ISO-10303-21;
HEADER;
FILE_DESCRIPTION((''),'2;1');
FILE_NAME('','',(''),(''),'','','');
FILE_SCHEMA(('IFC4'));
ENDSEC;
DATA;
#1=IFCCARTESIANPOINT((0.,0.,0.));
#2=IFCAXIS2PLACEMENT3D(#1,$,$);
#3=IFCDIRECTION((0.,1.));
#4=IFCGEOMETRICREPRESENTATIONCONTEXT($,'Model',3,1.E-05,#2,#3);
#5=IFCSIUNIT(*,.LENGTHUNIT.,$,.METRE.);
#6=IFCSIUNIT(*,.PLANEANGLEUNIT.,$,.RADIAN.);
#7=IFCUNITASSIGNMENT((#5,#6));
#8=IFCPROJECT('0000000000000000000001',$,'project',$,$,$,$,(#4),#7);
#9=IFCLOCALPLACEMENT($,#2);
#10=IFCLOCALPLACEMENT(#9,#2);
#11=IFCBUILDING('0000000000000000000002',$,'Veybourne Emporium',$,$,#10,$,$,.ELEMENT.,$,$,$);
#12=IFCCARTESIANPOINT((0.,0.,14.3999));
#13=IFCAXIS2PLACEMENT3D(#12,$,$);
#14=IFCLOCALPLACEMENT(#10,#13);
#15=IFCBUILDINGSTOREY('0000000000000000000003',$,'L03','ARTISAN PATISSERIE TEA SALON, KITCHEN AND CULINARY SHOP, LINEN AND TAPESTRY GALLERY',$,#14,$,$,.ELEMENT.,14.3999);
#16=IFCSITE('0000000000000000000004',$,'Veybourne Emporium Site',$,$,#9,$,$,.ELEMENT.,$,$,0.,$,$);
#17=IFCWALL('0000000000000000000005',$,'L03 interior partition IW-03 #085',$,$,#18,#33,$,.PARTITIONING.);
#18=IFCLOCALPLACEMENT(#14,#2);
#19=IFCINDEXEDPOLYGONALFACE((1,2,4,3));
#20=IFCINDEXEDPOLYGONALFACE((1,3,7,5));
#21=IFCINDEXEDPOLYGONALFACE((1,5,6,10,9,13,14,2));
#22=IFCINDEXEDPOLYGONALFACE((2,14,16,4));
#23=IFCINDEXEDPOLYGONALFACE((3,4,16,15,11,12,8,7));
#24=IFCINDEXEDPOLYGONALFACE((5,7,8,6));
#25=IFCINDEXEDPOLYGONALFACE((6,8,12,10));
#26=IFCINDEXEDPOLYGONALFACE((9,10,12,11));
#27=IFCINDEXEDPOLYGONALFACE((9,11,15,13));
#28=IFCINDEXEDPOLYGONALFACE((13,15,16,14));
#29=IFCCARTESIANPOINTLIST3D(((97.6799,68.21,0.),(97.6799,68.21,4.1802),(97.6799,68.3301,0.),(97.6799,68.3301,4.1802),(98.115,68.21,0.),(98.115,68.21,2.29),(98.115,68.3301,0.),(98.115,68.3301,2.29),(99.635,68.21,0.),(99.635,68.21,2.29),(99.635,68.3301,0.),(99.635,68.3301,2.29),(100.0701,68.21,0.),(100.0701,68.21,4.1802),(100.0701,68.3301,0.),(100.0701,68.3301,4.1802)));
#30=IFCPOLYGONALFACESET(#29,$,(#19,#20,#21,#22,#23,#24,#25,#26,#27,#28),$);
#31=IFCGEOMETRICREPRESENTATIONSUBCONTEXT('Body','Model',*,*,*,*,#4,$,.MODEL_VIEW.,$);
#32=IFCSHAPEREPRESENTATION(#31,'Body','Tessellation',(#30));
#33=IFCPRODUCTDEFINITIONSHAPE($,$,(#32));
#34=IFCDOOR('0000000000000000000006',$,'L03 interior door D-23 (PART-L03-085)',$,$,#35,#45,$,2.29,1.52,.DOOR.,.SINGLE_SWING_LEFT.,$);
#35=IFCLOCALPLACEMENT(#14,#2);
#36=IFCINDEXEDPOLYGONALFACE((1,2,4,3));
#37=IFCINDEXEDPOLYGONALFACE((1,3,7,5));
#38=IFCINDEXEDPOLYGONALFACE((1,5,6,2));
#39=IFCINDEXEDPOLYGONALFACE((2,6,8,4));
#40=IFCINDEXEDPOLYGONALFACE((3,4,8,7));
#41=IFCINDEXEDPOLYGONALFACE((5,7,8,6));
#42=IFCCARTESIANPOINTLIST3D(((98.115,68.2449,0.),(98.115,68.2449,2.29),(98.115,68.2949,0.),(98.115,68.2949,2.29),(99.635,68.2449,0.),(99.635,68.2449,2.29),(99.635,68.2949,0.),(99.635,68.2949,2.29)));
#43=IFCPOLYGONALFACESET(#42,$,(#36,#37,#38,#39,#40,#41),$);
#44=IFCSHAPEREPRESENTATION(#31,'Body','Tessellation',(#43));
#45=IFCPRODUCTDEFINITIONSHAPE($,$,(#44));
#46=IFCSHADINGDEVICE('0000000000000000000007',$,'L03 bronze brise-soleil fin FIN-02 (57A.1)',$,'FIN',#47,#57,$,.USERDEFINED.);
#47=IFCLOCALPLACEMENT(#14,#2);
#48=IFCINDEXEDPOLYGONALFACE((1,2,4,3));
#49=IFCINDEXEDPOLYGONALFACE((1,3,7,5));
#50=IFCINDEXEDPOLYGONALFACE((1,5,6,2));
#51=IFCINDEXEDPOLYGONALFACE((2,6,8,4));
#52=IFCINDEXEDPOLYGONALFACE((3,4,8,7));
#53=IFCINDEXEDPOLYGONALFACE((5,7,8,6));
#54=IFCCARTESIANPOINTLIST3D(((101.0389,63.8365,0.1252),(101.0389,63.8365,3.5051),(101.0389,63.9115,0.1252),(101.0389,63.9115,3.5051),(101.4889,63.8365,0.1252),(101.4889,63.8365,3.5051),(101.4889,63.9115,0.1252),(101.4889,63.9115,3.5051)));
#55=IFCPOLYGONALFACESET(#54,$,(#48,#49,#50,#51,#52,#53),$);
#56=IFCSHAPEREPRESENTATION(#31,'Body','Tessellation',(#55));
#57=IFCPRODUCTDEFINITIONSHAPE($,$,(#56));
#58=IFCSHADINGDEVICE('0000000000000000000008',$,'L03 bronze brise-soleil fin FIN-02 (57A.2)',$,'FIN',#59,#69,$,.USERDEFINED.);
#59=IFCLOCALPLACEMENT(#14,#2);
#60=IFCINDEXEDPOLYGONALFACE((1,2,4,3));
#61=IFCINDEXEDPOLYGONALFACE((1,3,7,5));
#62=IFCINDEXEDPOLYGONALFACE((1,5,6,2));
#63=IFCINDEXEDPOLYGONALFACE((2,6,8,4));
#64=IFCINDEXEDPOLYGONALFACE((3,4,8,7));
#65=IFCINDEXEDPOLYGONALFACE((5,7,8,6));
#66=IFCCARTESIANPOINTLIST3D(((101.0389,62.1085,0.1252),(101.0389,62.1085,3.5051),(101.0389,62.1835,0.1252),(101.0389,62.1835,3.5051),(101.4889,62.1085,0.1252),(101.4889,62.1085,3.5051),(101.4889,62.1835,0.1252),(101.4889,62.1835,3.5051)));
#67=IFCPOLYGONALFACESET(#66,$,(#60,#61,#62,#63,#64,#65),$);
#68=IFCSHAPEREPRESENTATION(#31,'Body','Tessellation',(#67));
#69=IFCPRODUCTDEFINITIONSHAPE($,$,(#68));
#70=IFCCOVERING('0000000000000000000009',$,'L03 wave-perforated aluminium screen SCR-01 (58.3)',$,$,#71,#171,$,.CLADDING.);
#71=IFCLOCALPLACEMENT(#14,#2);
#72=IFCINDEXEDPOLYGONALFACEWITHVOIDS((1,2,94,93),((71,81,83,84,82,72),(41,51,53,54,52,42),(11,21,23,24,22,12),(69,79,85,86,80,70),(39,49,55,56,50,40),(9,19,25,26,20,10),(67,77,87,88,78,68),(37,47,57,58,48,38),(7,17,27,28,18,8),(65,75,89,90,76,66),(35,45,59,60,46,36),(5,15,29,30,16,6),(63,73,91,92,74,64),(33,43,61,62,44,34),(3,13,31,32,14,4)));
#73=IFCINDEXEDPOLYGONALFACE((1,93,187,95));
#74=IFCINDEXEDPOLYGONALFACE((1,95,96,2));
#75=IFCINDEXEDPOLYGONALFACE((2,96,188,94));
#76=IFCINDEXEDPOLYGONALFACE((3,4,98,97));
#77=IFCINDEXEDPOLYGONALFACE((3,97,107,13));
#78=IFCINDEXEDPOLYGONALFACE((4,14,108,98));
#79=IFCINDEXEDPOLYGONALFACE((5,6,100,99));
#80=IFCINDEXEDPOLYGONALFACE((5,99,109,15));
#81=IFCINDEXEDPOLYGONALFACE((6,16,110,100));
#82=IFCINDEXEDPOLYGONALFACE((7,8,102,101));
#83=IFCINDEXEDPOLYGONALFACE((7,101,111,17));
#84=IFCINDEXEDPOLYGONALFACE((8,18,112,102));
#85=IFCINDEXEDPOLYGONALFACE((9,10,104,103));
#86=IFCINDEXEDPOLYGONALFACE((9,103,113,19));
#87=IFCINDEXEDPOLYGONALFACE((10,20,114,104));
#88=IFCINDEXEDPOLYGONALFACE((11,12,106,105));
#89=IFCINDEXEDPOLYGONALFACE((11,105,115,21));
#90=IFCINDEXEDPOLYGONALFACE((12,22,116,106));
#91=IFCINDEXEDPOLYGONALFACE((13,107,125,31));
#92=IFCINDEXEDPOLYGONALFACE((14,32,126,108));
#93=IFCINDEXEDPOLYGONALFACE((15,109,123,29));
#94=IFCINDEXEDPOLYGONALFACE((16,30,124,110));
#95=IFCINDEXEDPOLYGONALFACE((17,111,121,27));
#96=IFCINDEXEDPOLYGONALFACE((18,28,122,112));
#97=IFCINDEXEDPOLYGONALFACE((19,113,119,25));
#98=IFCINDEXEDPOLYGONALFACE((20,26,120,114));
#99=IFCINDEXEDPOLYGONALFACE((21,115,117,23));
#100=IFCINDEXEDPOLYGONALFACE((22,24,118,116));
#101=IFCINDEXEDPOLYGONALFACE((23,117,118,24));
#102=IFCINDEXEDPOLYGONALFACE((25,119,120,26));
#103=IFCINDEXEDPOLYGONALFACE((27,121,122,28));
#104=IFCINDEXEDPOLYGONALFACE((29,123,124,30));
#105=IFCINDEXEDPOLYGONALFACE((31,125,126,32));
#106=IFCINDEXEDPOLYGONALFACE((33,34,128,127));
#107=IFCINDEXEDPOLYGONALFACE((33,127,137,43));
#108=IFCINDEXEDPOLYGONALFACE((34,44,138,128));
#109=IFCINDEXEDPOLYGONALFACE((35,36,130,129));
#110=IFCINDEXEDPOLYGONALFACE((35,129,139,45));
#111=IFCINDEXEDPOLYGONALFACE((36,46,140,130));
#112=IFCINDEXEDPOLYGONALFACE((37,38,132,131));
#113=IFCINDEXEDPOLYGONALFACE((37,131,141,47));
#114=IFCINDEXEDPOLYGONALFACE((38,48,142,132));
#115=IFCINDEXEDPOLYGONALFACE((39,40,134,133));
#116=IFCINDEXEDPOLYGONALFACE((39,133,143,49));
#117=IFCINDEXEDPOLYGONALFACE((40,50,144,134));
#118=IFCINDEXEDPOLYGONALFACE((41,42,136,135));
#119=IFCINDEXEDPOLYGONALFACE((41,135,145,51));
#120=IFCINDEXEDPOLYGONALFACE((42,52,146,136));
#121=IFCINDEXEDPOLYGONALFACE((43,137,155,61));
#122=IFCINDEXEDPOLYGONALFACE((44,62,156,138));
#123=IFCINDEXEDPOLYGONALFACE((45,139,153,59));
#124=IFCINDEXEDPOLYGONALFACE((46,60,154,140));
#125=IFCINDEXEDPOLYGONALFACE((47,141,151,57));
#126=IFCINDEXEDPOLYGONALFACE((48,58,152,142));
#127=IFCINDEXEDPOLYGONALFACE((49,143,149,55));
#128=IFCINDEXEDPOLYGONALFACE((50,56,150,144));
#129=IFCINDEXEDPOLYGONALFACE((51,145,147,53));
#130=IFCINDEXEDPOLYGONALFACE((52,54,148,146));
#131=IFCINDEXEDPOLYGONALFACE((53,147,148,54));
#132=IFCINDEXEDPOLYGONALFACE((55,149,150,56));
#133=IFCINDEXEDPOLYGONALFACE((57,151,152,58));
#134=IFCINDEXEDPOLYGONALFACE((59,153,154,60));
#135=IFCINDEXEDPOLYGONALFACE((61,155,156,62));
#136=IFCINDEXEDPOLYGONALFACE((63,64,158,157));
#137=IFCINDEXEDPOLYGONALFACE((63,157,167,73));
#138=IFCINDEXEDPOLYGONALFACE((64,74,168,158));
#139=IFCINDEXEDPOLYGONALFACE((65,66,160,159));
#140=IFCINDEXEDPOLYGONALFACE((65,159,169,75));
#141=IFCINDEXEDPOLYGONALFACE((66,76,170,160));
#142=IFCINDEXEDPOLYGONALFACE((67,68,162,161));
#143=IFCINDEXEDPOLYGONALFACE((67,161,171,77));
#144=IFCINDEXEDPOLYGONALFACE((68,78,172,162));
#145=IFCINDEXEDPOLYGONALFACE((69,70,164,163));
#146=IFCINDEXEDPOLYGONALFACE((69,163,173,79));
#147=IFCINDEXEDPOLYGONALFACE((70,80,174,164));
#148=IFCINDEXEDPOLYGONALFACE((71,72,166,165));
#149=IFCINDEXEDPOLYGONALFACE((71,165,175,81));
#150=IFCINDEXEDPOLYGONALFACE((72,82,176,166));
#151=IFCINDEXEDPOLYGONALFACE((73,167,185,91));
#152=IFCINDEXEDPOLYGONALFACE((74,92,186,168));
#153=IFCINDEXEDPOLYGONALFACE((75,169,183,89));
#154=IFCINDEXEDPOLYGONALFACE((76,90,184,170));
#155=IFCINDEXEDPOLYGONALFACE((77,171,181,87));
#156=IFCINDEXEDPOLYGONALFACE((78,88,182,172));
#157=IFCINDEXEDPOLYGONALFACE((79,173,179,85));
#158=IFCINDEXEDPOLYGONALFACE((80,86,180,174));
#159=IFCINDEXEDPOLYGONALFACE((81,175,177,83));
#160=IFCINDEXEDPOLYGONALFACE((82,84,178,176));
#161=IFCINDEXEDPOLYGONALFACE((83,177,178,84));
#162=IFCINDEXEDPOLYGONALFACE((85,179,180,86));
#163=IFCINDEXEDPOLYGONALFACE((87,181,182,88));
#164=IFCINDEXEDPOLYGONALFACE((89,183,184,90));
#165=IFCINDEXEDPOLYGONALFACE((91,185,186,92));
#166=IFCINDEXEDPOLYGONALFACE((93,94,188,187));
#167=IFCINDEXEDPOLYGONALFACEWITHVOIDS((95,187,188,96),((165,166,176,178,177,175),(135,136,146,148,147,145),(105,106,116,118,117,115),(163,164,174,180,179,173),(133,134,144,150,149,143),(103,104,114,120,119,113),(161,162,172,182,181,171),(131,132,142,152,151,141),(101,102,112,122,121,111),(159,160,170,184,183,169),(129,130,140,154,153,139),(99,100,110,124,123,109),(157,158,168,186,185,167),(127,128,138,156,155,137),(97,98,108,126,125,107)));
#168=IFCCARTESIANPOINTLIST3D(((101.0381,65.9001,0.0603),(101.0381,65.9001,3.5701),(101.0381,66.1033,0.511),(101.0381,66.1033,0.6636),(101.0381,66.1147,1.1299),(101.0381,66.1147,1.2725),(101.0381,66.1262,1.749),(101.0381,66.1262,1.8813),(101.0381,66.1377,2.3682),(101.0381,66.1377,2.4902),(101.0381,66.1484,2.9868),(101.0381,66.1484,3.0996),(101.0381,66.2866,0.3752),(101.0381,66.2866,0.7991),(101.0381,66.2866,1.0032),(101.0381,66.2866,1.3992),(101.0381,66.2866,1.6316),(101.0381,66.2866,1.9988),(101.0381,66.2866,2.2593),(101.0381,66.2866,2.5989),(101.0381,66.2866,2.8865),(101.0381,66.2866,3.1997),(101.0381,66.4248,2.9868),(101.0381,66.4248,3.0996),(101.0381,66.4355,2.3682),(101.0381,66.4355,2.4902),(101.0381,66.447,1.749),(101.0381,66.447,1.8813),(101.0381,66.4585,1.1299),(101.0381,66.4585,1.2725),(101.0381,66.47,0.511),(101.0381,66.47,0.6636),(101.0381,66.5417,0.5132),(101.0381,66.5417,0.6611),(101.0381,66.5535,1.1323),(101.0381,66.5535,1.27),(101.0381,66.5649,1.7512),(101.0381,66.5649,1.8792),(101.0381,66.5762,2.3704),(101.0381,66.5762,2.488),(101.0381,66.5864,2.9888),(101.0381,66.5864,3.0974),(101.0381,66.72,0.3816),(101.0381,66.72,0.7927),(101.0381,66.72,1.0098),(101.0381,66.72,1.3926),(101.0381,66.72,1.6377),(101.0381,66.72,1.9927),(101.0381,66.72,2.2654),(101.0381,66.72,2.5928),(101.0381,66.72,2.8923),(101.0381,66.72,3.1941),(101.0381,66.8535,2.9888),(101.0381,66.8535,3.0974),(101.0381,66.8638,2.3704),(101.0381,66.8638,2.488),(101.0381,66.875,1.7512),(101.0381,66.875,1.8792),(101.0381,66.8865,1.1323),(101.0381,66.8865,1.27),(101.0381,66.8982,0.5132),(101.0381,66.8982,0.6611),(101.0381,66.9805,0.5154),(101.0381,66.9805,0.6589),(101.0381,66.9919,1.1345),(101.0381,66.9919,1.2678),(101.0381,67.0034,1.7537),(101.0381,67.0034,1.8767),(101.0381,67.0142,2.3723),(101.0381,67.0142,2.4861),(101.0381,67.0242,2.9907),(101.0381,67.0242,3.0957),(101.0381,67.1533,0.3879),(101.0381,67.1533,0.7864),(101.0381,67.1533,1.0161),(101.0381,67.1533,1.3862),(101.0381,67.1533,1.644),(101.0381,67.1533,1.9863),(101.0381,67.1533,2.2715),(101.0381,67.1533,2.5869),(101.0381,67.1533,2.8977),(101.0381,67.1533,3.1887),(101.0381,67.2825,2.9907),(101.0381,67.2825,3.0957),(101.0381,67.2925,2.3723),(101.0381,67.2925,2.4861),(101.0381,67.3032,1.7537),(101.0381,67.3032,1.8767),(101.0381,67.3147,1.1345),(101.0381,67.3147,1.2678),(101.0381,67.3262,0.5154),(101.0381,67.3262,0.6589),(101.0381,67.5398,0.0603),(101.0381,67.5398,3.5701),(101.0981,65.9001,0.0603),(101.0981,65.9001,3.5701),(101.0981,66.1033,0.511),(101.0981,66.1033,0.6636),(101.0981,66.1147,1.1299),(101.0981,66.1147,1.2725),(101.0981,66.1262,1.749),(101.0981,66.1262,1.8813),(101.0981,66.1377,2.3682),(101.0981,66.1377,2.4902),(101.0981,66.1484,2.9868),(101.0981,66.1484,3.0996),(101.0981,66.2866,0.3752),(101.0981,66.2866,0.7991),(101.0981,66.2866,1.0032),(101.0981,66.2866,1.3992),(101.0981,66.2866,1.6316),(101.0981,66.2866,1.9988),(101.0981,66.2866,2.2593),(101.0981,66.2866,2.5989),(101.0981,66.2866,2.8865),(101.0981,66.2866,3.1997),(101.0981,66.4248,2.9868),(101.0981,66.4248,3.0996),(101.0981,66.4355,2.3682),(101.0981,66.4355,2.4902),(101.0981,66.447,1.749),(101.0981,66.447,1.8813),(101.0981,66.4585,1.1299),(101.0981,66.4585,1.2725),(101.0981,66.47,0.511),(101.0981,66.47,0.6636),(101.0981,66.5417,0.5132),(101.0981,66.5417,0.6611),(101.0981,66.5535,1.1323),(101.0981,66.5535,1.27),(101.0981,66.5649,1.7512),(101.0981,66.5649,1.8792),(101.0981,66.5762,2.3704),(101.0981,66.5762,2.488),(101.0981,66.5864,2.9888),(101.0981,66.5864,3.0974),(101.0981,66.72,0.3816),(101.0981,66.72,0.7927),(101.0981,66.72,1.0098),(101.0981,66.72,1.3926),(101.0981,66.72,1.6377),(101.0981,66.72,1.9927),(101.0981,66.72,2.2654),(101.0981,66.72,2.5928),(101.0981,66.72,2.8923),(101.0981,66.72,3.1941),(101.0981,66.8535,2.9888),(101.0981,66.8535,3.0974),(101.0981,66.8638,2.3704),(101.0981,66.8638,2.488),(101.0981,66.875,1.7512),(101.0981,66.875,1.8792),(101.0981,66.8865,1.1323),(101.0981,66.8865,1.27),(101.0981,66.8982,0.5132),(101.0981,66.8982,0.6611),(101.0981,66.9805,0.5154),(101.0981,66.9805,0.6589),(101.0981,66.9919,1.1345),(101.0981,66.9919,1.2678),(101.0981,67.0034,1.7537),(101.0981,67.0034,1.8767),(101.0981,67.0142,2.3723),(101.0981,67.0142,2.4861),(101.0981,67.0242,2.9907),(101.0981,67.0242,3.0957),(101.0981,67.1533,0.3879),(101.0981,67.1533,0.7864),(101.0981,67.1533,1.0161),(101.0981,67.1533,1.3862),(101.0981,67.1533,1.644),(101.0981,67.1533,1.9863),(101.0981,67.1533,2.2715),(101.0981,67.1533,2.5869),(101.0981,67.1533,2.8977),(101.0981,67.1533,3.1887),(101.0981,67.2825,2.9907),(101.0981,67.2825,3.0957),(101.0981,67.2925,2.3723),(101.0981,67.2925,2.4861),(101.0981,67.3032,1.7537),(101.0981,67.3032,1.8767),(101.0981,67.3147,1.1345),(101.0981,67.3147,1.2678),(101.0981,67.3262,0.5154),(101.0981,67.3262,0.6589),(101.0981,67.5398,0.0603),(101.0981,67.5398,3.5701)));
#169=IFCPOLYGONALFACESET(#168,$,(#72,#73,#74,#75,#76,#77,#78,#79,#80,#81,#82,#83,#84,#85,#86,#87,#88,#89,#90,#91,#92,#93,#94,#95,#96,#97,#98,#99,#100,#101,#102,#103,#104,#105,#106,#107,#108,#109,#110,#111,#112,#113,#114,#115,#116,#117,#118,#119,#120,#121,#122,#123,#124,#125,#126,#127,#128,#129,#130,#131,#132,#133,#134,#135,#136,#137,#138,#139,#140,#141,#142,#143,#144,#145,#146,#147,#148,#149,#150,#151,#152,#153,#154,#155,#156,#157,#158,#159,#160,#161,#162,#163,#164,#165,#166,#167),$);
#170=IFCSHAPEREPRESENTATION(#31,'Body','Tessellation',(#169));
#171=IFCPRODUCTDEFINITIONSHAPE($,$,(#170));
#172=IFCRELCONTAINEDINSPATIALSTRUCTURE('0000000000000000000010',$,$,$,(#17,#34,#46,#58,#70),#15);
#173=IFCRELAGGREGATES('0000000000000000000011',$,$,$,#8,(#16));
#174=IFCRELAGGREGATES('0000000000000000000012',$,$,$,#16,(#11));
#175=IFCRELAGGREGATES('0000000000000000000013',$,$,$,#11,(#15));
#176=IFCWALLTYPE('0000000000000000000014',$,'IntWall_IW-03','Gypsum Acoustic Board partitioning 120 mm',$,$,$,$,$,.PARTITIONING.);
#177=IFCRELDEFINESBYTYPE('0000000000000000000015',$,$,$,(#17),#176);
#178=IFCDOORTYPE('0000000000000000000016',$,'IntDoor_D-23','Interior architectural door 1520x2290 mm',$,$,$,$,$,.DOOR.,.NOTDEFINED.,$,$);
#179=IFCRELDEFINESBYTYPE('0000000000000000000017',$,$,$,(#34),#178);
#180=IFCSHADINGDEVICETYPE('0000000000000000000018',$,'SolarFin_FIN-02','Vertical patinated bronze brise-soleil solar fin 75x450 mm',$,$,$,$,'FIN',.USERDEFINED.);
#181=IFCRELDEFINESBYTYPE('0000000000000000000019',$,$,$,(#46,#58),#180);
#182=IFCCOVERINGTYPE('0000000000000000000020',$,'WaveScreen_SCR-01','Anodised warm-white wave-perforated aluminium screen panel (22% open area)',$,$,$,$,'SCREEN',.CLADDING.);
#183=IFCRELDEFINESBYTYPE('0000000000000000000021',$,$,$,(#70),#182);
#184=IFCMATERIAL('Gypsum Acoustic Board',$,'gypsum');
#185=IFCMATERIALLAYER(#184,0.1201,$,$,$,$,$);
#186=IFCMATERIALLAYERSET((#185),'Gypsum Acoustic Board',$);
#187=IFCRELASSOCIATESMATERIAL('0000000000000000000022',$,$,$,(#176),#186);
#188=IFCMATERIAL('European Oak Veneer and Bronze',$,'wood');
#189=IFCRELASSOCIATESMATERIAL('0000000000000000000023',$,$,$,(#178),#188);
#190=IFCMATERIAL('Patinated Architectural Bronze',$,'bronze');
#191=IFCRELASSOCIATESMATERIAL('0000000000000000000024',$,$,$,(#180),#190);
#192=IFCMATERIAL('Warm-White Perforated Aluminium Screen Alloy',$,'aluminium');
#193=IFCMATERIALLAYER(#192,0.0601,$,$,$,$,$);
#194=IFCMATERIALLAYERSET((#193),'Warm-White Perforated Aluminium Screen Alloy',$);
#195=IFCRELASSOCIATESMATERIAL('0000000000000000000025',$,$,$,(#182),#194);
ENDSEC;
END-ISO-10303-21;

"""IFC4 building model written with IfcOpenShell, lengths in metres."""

from ifc_helpers import new_model, si_unit, direction, frame, frame_2d, origin, origin_2d, place, context, subcontext, project, spatial, polyline, rectangle, outline, extrude, material, layer, layer_set, type_object, element, fill, save


model = new_model("IFC4")

# Units and contexts
model_context = context("Model", 3, precision=1e-05, world=origin(), true_north=direction((0.0, 1.0)))
body_context = subcontext(model_context, "Body", "Model", "MODEL_VIEW")
ifc_project = project(units=[si_unit("LENGTHUNIT", "METRE"), si_unit("PLANEANGLEUNIT", "RADIAN")], contexts=[model_context])

# Site, building, storey
site_placement = place(None, origin())
site = spatial("IfcSite", under=ifc_project, at=site_placement, Name="Veybourne Emporium Site", CompositionType="ELEMENT", RefElevation=0.0)
building_placement = place(site_placement, origin())
building = spatial("IfcBuilding", under=site, at=building_placement, Name="Veybourne Emporium", CompositionType="ELEMENT")
storey_placement = place(building_placement, frame((0.0, 0.0, 14.3999)))
storey = spatial("IfcBuildingStorey", under=building, at=storey_placement, Name="L03", Description="ARTISAN PATISSERIE TEA SALON, KITCHEN AND CULINARY SHOP, LINEN AND TAPESTRY GALLERY", CompositionType="ELEMENT", Elevation=14.3999)

# Shared definitions
ifc_material_1 = material(Name="Gypsum Acoustic Board", Category="gypsum")

# Wall, opening, door
ifc_layer_1 = layer(ifc_material_1, 0.1201)
ifc_layer_set_1 = layer_set([ifc_layer_1], Name="Gypsum Acoustic Board")
wall_type_1 = type_object("IfcWallType", Name="IntWall_IW-03", Description="Gypsum Acoustic Board partitioning 120 mm", PredefinedType="PARTITIONING", material=ifc_layer_set_1)
wall_1_placement = place(storey_placement, frame((97.6799, 68.27, 0.0), z_axis=(0.0, 0.0, 1.0), x_axis=(1.0, 0.0, 0.0)))
wall_1 = element("IfcWall", 1, at=wall_1_placement, inside=storey, type_object=wall_type_1, Name="L03 interior partition IW-03 #085", PredefinedType="PARTITIONING", context=body_context, shape_type="SweptSolid", body=[
    extrude(rectangle(XDim=2.3901, YDim=0.1201, at=frame_2d((1.1951, 0.0))), origin(), (0.0, 0.0, 1.0), 4.1802),
])
opening_1_placement = place(wall_1_placement, frame((0.4351, 0.0, 0.0)))
opening_1 = element("IfcOpeningElement", 2, at=opening_1_placement, cuts=wall_1, PredefinedType="OPENING", context=body_context, shape_type="SweptSolid", body=[
    extrude(rectangle(XDim=1.52, YDim=2.29, at=frame_2d((0.76, 1.145))), frame((0.0, 0.0801, 0.0), z_axis=(0.0, -1.0, 0.0), x_axis=(1.0, 0.0, 0.0)), (0.0, 0.0, 1.0), 0.1602),
])
ifc_material_2 = material(Name="European Oak Veneer and Bronze", Category="wood")
door_type = type_object("IfcDoorType", Name="IntDoor_D-23", Description="Interior architectural door 1520x2290 mm", OperationType="NOTDEFINED", PredefinedType="DOOR", material=ifc_material_2)
door_placement = place(opening_1_placement, origin())
door = element("IfcDoor", 3, at=door_placement, inside=storey, type_object=door_type, Name="L03 interior door D-23 (PART-L03-085)", OperationType="SINGLE_SWING_LEFT", OverallHeight=2.29, OverallWidth=1.52, PredefinedType="DOOR", context=body_context, shape_type="SweptSolid", body=[
    extrude(rectangle(XDim=1.52, YDim=2.29, at=frame_2d((0.76, 1.145))), frame((0.0, 0.0249, 0.0), z_axis=(0.0, -1.0, 0.0), x_axis=(1.0, 0.0, 0.0)), (0.0, 0.0, 1.0), 0.05),
])
fill(opening_1, door)

# Shading devices
ifc_material_3 = material(Name="Patinated Architectural Bronze", Category="bronze")
shading_device_type = type_object("IfcShadingDeviceType", Name="SolarFin_FIN-02", Description="Vertical patinated bronze brise-soleil solar fin 75x450 mm", ElementType="FIN", PredefinedType="USERDEFINED", material=ifc_material_3)
for number, where, z_axis, x_axis, name in (
    (4, (101.2639, 63.874, 0.1252), (0.0, 0.0, 1.0), (0.0, -1.0, 0.0), "L03 bronze brise-soleil fin FIN-02 (57A.1)"),
    (5, (101.2639, 62.146, 0.1252), (0.0, 0.0, 1.0), (0.0, -1.0, 0.0), "L03 bronze brise-soleil fin FIN-02 (57A.2)"),
):
    element("IfcShadingDevice", number, at=place(storey_placement, frame(where, z_axis=z_axis, x_axis=x_axis)), inside=storey, type_object=shading_device_type, Name=name, ObjectType="FIN", PredefinedType="USERDEFINED", context=body_context, shape_type="SweptSolid", body=[
        extrude(rectangle(XDim=0.075, YDim=0.45, at=origin_2d()), origin(), (0.0, 0.0, 1.0), 3.3799),
    ])

# Covering
ifc_material_4 = material(Name="Warm-White Perforated Aluminium Screen Alloy", Category="aluminium")
ifc_layer_2 = layer(ifc_material_4, 0.0601)
ifc_layer_set_2 = layer_set([ifc_layer_2], Name="Warm-White Perforated Aluminium Screen Alloy")
covering_type_1 = type_object("IfcCoveringType", Name="WaveScreen_SCR-01", Description="Anodised warm-white wave-perforated aluminium screen panel (22% open area)", ElementType="SCREEN", PredefinedType="CLADDING", material=ifc_layer_set_2)
covering_1_placement = place(storey_placement, frame((101.0981, 66.72, 1.8152), z_axis=(-1.0, 0.0, 0.0), x_axis=(0.0, -1.0, 0.0)))
element("IfcCovering", 6, at=covering_1_placement, inside=storey, type_object=covering_type_1, Name="L03 wave-perforated aluminium screen SCR-01 (58.3)", PredefinedType="CLADDING", context=body_context, shape_type="SweptSolid", body=[
    extrude(outline(polyline([(-0.8198, -1.7549), (0.8198, -1.7549), (0.8198, 1.7549), (-0.8198, 1.7549), (-0.8198, -1.7549)]), holes=[polyline([(-0.4333, -1.0288), (-0.2605, -1.1562), (-0.2605, -1.2998), (-0.4333, -1.4272), (-0.6062, -1.2998), (-0.6062, -1.1562), (-0.4333, -1.0288)]), polyline([(-0.4333, -0.429), (-0.272, -0.5474), (-0.272, -0.6807), (-0.4333, -0.7991), (-0.5947, -0.6807), (-0.5947, -0.5474), (-0.4333, -0.429)]), polyline([(-0.4333, 0.1711), (-0.2834, 0.0615), (-0.2834, -0.0615), (-0.4333, -0.1711), (-0.5833, -0.0615), (-0.5833, 0.0615), (-0.4333, 0.1711)]), polyline([(-0.4333, 0.7717), (-0.2942, 0.6709), (-0.2942, 0.5571), (-0.4333, 0.4563), (-0.5725, 0.5571), (-0.5725, 0.6709), (-0.4333, 0.7717)]), polyline([(-0.4333, 1.3735), (-0.3042, 1.2805), (-0.3042, 1.1755), (-0.4333, 1.0825), (-0.5625, 1.1755), (-0.5625, 1.2805), (-0.4333, 1.3735)]), polyline([(0.0, -1.0225), (0.1782, -1.1541), (0.1782, -1.302), (0.0, -1.4336), (-0.1782, -1.302), (-0.1782, -1.1541), (0.0, -1.0225)]), polyline([(0.0, -0.4226), (0.1665, -0.5452), (0.1665, -0.6829), (0.0, -0.8054), (-0.1665, -0.6829), (-0.1665, -0.5452), (0.0, -0.4226)]), polyline([(0.0, 0.1775), (0.155, 0.064), (0.155, -0.064), (0.0, -0.1775), (-0.155, -0.064), (-0.155, 0.064), (0.0, 0.1775)]), polyline([(0.0, 0.7776), (0.1438, 0.6729), (0.1438, 0.5552), (0.0, 0.4502), (-0.1438, 0.5552), (-0.1438, 0.6729), (0.0, 0.7776)]), polyline([(0.0, 1.3789), (0.1335, 1.2822), (0.1335, 1.1736), (0.0, 1.0771), (-0.1335, 1.1736), (-0.1335, 1.2822), (0.0, 1.3789)]), polyline([(0.4333, -1.0161), (0.6167, -1.1516), (0.6167, -1.3042), (0.4333, -1.4399), (0.25, -1.3042), (0.25, -1.1516), (0.4333, -1.0161)]), polyline([(0.4333, -0.416), (0.6052, -0.5427), (0.6052, -0.6853), (0.4333, -0.812), (0.2615, -0.6853), (0.2615, -0.5427), (0.4333, -0.416)]), polyline([(0.4333, 0.1836), (0.5938, 0.0662), (0.5938, -0.0662), (0.4333, -0.1836), (0.2729, -0.0662), (0.2729, 0.0662), (0.4333, 0.1836)]), polyline([(0.4333, 0.7837), (0.5823, 0.675), (0.5823, 0.553), (0.4333, 0.4441), (0.2844, 0.553), (0.2844, 0.675), (0.4333, 0.7837)]), polyline([(0.4333, 1.3845), (0.5715, 1.2844), (0.5715, 1.1716), (0.4333, 1.0713), (0.2952, 1.1716), (0.2952, 1.2844), (0.4333, 1.3845)])]), origin(), (0.0, 0.0, 1.0), 0.0601),
])

save(model, "model.ifc")
